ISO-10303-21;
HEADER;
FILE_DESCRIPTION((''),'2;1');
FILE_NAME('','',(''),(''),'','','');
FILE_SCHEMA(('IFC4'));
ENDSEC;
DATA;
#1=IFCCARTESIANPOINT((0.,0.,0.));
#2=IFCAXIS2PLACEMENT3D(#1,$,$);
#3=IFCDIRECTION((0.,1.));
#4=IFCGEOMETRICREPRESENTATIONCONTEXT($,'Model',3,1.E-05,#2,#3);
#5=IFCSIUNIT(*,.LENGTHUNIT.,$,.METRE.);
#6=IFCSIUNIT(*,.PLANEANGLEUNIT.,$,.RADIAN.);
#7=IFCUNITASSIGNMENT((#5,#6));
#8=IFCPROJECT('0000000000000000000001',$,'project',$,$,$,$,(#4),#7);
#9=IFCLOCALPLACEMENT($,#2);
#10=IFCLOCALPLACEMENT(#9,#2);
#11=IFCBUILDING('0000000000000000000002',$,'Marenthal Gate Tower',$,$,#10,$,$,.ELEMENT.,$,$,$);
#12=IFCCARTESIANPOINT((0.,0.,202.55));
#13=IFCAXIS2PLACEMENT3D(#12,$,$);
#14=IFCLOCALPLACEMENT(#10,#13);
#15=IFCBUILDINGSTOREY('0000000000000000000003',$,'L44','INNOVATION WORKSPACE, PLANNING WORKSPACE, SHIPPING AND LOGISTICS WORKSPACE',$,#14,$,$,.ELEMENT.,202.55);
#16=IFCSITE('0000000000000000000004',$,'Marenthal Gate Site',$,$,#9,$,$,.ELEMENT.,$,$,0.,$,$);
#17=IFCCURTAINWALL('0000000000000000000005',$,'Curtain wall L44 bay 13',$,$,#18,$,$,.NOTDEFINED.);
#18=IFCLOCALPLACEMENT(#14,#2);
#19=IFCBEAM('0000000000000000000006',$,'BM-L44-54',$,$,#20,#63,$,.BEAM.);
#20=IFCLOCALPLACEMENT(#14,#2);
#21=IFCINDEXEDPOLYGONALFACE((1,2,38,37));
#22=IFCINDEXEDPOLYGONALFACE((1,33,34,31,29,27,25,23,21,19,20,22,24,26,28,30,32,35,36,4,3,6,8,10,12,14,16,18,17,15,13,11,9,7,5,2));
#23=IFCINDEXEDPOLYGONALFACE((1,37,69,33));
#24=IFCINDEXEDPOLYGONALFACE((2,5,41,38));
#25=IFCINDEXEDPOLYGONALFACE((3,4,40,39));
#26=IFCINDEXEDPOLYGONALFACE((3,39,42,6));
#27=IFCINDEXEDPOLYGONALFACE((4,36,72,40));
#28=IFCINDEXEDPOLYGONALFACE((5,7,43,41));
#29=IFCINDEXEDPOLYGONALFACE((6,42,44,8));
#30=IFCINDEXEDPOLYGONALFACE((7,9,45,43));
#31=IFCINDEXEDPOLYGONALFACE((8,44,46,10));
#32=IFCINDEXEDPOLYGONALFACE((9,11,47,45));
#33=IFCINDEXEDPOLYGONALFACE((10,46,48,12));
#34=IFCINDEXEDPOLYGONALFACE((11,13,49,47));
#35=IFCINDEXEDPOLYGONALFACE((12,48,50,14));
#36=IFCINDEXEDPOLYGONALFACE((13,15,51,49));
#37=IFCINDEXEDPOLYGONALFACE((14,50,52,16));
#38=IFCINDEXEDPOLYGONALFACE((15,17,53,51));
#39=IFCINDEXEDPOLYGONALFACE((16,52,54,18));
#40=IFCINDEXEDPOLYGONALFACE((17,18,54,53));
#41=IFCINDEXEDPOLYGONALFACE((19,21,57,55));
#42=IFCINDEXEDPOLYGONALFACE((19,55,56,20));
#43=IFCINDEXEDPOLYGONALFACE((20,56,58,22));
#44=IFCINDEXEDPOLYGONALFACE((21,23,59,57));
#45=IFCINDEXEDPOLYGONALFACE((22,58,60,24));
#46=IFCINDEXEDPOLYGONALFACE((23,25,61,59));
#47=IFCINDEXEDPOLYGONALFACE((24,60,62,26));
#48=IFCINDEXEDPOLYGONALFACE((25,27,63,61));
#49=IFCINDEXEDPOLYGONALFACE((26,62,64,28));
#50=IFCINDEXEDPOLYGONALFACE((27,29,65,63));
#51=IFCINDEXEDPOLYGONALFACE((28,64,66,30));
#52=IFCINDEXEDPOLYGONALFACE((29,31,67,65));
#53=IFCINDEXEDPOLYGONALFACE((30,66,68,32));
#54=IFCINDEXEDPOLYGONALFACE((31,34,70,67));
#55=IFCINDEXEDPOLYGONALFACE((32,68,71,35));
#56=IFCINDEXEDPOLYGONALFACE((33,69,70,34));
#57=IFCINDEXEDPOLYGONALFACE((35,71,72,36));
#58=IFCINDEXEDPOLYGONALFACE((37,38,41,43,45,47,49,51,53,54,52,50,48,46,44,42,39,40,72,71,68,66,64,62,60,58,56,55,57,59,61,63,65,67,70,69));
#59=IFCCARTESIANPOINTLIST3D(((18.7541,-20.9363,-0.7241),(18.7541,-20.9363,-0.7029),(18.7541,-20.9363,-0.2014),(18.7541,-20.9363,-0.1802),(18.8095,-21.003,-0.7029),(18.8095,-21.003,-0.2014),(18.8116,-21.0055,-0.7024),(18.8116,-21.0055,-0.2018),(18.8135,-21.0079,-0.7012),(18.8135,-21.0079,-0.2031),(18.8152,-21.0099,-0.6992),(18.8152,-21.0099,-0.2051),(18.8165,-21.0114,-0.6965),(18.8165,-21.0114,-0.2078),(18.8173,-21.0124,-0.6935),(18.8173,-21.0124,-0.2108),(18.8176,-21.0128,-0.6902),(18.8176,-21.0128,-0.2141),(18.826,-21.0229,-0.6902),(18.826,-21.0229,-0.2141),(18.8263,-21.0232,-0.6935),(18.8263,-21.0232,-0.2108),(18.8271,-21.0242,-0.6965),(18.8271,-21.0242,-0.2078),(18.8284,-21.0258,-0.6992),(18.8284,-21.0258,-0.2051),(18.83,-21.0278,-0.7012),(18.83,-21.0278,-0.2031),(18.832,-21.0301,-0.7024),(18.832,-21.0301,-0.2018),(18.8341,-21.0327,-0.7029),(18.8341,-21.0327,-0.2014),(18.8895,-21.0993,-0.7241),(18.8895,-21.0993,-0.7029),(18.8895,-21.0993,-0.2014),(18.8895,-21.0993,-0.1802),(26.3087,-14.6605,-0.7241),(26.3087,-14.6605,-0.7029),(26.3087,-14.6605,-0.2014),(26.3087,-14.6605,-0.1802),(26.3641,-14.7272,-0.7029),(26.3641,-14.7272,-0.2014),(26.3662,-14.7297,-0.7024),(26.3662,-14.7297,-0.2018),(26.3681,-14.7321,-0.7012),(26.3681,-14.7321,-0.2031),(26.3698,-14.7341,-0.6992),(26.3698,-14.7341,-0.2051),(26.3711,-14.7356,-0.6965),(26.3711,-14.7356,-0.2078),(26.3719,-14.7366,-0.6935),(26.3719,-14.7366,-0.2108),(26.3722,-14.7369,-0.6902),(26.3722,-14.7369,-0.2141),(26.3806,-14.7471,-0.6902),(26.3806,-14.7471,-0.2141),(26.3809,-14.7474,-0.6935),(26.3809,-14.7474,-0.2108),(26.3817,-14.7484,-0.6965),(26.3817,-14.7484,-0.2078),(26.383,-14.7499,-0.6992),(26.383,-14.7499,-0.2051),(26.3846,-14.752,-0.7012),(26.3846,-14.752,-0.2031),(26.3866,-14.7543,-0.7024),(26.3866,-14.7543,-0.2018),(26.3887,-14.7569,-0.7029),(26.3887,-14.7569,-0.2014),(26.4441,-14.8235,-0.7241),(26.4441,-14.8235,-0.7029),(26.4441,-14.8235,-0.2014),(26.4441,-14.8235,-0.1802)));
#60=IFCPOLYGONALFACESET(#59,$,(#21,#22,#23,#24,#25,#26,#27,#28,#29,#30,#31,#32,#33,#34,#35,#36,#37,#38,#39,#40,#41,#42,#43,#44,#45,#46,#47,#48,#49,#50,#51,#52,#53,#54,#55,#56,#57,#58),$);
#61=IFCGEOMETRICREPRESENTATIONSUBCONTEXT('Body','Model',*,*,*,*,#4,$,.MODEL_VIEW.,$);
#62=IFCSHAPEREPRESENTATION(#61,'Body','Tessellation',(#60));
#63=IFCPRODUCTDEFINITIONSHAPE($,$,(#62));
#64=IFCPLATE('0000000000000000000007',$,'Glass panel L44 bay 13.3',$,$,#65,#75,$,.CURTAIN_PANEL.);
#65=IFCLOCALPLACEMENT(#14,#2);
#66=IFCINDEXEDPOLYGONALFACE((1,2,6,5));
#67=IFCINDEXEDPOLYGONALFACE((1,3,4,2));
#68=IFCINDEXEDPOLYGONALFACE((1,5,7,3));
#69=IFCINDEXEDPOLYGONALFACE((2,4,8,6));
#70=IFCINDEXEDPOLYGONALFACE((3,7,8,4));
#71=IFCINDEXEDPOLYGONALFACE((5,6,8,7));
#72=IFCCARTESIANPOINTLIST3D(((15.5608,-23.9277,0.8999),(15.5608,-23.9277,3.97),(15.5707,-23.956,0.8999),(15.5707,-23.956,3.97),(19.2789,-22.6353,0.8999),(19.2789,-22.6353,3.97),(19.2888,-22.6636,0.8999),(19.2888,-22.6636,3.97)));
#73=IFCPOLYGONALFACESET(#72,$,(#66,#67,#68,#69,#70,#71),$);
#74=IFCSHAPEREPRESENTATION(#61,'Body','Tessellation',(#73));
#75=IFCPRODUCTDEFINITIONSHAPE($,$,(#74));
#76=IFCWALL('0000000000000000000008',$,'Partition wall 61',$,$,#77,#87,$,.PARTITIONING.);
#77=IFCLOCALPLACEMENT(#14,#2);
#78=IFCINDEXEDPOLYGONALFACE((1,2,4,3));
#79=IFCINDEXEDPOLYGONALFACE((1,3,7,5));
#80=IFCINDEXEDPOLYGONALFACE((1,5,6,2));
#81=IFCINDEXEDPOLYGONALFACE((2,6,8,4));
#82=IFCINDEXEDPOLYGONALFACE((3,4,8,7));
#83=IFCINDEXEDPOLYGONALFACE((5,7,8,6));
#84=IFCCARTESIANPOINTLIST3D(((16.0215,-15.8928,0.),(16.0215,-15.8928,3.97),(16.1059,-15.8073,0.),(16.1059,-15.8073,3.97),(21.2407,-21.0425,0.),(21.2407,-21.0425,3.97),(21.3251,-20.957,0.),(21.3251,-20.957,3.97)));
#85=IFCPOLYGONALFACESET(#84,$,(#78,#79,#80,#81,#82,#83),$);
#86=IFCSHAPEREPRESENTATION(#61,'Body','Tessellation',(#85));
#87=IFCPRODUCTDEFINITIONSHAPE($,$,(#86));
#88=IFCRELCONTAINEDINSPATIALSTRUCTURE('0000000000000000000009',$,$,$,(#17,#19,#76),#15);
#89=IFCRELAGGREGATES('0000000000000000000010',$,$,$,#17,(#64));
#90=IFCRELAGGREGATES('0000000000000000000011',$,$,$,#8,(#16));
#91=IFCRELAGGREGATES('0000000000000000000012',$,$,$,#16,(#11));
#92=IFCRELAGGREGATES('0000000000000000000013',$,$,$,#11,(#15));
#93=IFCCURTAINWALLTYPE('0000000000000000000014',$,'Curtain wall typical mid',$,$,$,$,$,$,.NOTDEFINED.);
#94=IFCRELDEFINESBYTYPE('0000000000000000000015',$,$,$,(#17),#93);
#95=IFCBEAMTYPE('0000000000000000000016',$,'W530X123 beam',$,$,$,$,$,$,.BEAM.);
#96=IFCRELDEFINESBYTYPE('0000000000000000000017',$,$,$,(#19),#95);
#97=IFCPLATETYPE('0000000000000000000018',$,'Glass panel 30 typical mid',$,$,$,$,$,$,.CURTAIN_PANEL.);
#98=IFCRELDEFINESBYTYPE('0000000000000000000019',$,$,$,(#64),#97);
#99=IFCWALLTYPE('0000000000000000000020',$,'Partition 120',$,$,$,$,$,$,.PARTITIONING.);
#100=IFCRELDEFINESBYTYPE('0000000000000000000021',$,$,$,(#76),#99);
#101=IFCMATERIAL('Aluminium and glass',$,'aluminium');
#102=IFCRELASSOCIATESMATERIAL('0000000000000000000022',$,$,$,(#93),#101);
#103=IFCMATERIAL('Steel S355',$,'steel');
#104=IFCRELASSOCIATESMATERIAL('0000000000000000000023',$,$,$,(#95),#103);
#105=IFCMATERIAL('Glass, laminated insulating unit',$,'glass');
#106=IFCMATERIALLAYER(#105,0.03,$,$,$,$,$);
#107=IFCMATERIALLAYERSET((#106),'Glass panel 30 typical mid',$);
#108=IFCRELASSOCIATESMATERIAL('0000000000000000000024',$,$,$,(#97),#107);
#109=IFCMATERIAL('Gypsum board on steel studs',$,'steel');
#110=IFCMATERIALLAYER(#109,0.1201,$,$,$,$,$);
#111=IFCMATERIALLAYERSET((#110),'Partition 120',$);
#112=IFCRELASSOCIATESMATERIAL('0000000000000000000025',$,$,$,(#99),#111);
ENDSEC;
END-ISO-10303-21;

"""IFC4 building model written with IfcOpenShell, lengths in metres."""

from ifc_helpers import new_model, si_unit, direction, frame, frame_2d, origin, origin_2d, place, context, subcontext, project, spatial, rectangle, i_section, extrude, material, layer, layer_set, material_profile, profile_set, type_object, element, aggregate, save


model = new_model("IFC4")

# Units and contexts
model_context = context("Model", 3, precision=1e-05, world=origin(), true_north=direction((0.0, 1.0)))
body_context = subcontext(model_context, "Body", "Model", "MODEL_VIEW")
ifc_project = project(units=[si_unit("LENGTHUNIT", "METRE"), si_unit("PLANEANGLEUNIT", "RADIAN")], contexts=[model_context])

# Site, building, storey
site_placement = place(None, origin())
site = spatial("IfcSite", under=ifc_project, at=site_placement, Name="Marenthal Gate Site", CompositionType="ELEMENT", RefElevation=0.0)
building_placement = place(site_placement, origin())
building = spatial("IfcBuilding", under=site, at=building_placement, Name="Marenthal Gate Tower", CompositionType="ELEMENT")
storey_placement = place(building_placement, frame((0.0, 0.0, 202.55)))
storey = spatial("IfcBuildingStorey", under=building, at=storey_placement, Name="L44", Description="INNOVATION WORKSPACE, PLANNING WORKSPACE, SHIPPING AND LOGISTICS WORKSPACE", CompositionType="ELEMENT", Elevation=202.55)

# Curtain wall
ifc_material_1 = material(Name="Aluminium and glass", Category="aluminium")
curtain_wall_type = type_object("IfcCurtainWallType", Name="Curtain wall typical mid", PredefinedType="NOTDEFINED", material=ifc_material_1)
curtain_wall_1_placement = place(storey_placement, origin())
curtain_wall_1 = element("IfcCurtainWall", 1, at=curtain_wall_1_placement, inside=storey, type_object=curtain_wall_type, Name="Curtain wall L44 bay 13", PredefinedType="NOTDEFINED")

# Beam
ifc_material_2 = material(Name="Steel S355", Category="steel")
ifc_material_profile_1 = material_profile(ifc_material_2, i_section(OverallWidth=0.2119, OverallDepth=0.5439, WebThickness=0.0132, FlangeThickness=0.0212, FilletRadius=0.0127, at=origin_2d()), Name="W530X123")
ifc_profile_set_1 = profile_set([ifc_material_profile_1], Name="Steel S355")
beam_type_1 = type_object("IfcBeamType", Name="W530X123 beam", PredefinedType="BEAM", material=ifc_profile_set_1)
beam_1_placement = place(storey_placement, frame((18.8218, -21.0178, -0.4521), z_axis=(0.769207, 0.639, 0.0), x_axis=(-0.639, 0.769207, 0.0)))
element("IfcBeam", 2, at=beam_1_placement, inside=storey, type_object=beam_type_1, Name="BM-L44-54", PredefinedType="BEAM", context=body_context, shape_type="SweptSolid", body=[
    extrude(i_section(OverallWidth=0.2119, OverallDepth=0.5439, WebThickness=0.0132, FlangeThickness=0.0212, FilletRadius=0.0127, at=origin_2d()), origin(), (0.0, 0.0, 1.0), 9.8213),
])

# Plate
ifc_material_3 = material(Name="Glass, laminated insulating unit", Category="glass")
ifc_layer_1 = layer(ifc_material_3, 0.03)
ifc_layer_set_1 = layer_set([ifc_layer_1], Name="Glass panel 30 typical mid")
plate_type = type_object("IfcPlateType", Name="Glass panel 30 typical mid", PredefinedType="CURTAIN_PANEL", material=ifc_layer_set_1)
plate_placement = place(storey_placement, frame((17.4248, -23.2957, 0.8999), z_axis=(0.0, 0.0, 1.0), x_axis=(0.944562, 0.328332, 0.0)))
plate = element("IfcPlate", 3, at=plate_placement, type_object=plate_type, Name="Glass panel L44 bay 13.3", PredefinedType="CURTAIN_PANEL", context=body_context, shape_type="SweptSolid", body=[
    extrude(rectangle(XDim=3.9363, YDim=0.03, at=origin_2d()), origin(), (0.0, 0.0, 1.0), 3.0701),
])
aggregate(curtain_wall_1, [plate])

# Wall
ifc_material_4 = material(Name="Gypsum board on steel studs", Category="steel")
ifc_layer_2 = layer(ifc_material_4, 0.1201)
ifc_layer_set_2 = layer_set([ifc_layer_2], Name="Partition 120")
wall_type_1 = type_object("IfcWallType", Name="Partition 120", PredefinedType="PARTITIONING", material=ifc_layer_set_2)
wall_1_placement = place(storey_placement, frame((16.0637, -15.8501, 0.0), z_axis=(0.0, 0.0, 1.0), x_axis=(0.711836, -0.702346, 0.0)))
element("IfcWall", 4, at=wall_1_placement, inside=storey, type_object=wall_type_1, Name="Partition wall 61", PredefinedType="PARTITIONING", context=body_context, shape_type="SweptSolid", body=[
    extrude(rectangle(XDim=7.332, YDim=0.1201, at=frame_2d((3.666, 0.0))), origin(), (0.0, 0.0, 1.0), 3.97),
])

save(model, "model.ifc")
